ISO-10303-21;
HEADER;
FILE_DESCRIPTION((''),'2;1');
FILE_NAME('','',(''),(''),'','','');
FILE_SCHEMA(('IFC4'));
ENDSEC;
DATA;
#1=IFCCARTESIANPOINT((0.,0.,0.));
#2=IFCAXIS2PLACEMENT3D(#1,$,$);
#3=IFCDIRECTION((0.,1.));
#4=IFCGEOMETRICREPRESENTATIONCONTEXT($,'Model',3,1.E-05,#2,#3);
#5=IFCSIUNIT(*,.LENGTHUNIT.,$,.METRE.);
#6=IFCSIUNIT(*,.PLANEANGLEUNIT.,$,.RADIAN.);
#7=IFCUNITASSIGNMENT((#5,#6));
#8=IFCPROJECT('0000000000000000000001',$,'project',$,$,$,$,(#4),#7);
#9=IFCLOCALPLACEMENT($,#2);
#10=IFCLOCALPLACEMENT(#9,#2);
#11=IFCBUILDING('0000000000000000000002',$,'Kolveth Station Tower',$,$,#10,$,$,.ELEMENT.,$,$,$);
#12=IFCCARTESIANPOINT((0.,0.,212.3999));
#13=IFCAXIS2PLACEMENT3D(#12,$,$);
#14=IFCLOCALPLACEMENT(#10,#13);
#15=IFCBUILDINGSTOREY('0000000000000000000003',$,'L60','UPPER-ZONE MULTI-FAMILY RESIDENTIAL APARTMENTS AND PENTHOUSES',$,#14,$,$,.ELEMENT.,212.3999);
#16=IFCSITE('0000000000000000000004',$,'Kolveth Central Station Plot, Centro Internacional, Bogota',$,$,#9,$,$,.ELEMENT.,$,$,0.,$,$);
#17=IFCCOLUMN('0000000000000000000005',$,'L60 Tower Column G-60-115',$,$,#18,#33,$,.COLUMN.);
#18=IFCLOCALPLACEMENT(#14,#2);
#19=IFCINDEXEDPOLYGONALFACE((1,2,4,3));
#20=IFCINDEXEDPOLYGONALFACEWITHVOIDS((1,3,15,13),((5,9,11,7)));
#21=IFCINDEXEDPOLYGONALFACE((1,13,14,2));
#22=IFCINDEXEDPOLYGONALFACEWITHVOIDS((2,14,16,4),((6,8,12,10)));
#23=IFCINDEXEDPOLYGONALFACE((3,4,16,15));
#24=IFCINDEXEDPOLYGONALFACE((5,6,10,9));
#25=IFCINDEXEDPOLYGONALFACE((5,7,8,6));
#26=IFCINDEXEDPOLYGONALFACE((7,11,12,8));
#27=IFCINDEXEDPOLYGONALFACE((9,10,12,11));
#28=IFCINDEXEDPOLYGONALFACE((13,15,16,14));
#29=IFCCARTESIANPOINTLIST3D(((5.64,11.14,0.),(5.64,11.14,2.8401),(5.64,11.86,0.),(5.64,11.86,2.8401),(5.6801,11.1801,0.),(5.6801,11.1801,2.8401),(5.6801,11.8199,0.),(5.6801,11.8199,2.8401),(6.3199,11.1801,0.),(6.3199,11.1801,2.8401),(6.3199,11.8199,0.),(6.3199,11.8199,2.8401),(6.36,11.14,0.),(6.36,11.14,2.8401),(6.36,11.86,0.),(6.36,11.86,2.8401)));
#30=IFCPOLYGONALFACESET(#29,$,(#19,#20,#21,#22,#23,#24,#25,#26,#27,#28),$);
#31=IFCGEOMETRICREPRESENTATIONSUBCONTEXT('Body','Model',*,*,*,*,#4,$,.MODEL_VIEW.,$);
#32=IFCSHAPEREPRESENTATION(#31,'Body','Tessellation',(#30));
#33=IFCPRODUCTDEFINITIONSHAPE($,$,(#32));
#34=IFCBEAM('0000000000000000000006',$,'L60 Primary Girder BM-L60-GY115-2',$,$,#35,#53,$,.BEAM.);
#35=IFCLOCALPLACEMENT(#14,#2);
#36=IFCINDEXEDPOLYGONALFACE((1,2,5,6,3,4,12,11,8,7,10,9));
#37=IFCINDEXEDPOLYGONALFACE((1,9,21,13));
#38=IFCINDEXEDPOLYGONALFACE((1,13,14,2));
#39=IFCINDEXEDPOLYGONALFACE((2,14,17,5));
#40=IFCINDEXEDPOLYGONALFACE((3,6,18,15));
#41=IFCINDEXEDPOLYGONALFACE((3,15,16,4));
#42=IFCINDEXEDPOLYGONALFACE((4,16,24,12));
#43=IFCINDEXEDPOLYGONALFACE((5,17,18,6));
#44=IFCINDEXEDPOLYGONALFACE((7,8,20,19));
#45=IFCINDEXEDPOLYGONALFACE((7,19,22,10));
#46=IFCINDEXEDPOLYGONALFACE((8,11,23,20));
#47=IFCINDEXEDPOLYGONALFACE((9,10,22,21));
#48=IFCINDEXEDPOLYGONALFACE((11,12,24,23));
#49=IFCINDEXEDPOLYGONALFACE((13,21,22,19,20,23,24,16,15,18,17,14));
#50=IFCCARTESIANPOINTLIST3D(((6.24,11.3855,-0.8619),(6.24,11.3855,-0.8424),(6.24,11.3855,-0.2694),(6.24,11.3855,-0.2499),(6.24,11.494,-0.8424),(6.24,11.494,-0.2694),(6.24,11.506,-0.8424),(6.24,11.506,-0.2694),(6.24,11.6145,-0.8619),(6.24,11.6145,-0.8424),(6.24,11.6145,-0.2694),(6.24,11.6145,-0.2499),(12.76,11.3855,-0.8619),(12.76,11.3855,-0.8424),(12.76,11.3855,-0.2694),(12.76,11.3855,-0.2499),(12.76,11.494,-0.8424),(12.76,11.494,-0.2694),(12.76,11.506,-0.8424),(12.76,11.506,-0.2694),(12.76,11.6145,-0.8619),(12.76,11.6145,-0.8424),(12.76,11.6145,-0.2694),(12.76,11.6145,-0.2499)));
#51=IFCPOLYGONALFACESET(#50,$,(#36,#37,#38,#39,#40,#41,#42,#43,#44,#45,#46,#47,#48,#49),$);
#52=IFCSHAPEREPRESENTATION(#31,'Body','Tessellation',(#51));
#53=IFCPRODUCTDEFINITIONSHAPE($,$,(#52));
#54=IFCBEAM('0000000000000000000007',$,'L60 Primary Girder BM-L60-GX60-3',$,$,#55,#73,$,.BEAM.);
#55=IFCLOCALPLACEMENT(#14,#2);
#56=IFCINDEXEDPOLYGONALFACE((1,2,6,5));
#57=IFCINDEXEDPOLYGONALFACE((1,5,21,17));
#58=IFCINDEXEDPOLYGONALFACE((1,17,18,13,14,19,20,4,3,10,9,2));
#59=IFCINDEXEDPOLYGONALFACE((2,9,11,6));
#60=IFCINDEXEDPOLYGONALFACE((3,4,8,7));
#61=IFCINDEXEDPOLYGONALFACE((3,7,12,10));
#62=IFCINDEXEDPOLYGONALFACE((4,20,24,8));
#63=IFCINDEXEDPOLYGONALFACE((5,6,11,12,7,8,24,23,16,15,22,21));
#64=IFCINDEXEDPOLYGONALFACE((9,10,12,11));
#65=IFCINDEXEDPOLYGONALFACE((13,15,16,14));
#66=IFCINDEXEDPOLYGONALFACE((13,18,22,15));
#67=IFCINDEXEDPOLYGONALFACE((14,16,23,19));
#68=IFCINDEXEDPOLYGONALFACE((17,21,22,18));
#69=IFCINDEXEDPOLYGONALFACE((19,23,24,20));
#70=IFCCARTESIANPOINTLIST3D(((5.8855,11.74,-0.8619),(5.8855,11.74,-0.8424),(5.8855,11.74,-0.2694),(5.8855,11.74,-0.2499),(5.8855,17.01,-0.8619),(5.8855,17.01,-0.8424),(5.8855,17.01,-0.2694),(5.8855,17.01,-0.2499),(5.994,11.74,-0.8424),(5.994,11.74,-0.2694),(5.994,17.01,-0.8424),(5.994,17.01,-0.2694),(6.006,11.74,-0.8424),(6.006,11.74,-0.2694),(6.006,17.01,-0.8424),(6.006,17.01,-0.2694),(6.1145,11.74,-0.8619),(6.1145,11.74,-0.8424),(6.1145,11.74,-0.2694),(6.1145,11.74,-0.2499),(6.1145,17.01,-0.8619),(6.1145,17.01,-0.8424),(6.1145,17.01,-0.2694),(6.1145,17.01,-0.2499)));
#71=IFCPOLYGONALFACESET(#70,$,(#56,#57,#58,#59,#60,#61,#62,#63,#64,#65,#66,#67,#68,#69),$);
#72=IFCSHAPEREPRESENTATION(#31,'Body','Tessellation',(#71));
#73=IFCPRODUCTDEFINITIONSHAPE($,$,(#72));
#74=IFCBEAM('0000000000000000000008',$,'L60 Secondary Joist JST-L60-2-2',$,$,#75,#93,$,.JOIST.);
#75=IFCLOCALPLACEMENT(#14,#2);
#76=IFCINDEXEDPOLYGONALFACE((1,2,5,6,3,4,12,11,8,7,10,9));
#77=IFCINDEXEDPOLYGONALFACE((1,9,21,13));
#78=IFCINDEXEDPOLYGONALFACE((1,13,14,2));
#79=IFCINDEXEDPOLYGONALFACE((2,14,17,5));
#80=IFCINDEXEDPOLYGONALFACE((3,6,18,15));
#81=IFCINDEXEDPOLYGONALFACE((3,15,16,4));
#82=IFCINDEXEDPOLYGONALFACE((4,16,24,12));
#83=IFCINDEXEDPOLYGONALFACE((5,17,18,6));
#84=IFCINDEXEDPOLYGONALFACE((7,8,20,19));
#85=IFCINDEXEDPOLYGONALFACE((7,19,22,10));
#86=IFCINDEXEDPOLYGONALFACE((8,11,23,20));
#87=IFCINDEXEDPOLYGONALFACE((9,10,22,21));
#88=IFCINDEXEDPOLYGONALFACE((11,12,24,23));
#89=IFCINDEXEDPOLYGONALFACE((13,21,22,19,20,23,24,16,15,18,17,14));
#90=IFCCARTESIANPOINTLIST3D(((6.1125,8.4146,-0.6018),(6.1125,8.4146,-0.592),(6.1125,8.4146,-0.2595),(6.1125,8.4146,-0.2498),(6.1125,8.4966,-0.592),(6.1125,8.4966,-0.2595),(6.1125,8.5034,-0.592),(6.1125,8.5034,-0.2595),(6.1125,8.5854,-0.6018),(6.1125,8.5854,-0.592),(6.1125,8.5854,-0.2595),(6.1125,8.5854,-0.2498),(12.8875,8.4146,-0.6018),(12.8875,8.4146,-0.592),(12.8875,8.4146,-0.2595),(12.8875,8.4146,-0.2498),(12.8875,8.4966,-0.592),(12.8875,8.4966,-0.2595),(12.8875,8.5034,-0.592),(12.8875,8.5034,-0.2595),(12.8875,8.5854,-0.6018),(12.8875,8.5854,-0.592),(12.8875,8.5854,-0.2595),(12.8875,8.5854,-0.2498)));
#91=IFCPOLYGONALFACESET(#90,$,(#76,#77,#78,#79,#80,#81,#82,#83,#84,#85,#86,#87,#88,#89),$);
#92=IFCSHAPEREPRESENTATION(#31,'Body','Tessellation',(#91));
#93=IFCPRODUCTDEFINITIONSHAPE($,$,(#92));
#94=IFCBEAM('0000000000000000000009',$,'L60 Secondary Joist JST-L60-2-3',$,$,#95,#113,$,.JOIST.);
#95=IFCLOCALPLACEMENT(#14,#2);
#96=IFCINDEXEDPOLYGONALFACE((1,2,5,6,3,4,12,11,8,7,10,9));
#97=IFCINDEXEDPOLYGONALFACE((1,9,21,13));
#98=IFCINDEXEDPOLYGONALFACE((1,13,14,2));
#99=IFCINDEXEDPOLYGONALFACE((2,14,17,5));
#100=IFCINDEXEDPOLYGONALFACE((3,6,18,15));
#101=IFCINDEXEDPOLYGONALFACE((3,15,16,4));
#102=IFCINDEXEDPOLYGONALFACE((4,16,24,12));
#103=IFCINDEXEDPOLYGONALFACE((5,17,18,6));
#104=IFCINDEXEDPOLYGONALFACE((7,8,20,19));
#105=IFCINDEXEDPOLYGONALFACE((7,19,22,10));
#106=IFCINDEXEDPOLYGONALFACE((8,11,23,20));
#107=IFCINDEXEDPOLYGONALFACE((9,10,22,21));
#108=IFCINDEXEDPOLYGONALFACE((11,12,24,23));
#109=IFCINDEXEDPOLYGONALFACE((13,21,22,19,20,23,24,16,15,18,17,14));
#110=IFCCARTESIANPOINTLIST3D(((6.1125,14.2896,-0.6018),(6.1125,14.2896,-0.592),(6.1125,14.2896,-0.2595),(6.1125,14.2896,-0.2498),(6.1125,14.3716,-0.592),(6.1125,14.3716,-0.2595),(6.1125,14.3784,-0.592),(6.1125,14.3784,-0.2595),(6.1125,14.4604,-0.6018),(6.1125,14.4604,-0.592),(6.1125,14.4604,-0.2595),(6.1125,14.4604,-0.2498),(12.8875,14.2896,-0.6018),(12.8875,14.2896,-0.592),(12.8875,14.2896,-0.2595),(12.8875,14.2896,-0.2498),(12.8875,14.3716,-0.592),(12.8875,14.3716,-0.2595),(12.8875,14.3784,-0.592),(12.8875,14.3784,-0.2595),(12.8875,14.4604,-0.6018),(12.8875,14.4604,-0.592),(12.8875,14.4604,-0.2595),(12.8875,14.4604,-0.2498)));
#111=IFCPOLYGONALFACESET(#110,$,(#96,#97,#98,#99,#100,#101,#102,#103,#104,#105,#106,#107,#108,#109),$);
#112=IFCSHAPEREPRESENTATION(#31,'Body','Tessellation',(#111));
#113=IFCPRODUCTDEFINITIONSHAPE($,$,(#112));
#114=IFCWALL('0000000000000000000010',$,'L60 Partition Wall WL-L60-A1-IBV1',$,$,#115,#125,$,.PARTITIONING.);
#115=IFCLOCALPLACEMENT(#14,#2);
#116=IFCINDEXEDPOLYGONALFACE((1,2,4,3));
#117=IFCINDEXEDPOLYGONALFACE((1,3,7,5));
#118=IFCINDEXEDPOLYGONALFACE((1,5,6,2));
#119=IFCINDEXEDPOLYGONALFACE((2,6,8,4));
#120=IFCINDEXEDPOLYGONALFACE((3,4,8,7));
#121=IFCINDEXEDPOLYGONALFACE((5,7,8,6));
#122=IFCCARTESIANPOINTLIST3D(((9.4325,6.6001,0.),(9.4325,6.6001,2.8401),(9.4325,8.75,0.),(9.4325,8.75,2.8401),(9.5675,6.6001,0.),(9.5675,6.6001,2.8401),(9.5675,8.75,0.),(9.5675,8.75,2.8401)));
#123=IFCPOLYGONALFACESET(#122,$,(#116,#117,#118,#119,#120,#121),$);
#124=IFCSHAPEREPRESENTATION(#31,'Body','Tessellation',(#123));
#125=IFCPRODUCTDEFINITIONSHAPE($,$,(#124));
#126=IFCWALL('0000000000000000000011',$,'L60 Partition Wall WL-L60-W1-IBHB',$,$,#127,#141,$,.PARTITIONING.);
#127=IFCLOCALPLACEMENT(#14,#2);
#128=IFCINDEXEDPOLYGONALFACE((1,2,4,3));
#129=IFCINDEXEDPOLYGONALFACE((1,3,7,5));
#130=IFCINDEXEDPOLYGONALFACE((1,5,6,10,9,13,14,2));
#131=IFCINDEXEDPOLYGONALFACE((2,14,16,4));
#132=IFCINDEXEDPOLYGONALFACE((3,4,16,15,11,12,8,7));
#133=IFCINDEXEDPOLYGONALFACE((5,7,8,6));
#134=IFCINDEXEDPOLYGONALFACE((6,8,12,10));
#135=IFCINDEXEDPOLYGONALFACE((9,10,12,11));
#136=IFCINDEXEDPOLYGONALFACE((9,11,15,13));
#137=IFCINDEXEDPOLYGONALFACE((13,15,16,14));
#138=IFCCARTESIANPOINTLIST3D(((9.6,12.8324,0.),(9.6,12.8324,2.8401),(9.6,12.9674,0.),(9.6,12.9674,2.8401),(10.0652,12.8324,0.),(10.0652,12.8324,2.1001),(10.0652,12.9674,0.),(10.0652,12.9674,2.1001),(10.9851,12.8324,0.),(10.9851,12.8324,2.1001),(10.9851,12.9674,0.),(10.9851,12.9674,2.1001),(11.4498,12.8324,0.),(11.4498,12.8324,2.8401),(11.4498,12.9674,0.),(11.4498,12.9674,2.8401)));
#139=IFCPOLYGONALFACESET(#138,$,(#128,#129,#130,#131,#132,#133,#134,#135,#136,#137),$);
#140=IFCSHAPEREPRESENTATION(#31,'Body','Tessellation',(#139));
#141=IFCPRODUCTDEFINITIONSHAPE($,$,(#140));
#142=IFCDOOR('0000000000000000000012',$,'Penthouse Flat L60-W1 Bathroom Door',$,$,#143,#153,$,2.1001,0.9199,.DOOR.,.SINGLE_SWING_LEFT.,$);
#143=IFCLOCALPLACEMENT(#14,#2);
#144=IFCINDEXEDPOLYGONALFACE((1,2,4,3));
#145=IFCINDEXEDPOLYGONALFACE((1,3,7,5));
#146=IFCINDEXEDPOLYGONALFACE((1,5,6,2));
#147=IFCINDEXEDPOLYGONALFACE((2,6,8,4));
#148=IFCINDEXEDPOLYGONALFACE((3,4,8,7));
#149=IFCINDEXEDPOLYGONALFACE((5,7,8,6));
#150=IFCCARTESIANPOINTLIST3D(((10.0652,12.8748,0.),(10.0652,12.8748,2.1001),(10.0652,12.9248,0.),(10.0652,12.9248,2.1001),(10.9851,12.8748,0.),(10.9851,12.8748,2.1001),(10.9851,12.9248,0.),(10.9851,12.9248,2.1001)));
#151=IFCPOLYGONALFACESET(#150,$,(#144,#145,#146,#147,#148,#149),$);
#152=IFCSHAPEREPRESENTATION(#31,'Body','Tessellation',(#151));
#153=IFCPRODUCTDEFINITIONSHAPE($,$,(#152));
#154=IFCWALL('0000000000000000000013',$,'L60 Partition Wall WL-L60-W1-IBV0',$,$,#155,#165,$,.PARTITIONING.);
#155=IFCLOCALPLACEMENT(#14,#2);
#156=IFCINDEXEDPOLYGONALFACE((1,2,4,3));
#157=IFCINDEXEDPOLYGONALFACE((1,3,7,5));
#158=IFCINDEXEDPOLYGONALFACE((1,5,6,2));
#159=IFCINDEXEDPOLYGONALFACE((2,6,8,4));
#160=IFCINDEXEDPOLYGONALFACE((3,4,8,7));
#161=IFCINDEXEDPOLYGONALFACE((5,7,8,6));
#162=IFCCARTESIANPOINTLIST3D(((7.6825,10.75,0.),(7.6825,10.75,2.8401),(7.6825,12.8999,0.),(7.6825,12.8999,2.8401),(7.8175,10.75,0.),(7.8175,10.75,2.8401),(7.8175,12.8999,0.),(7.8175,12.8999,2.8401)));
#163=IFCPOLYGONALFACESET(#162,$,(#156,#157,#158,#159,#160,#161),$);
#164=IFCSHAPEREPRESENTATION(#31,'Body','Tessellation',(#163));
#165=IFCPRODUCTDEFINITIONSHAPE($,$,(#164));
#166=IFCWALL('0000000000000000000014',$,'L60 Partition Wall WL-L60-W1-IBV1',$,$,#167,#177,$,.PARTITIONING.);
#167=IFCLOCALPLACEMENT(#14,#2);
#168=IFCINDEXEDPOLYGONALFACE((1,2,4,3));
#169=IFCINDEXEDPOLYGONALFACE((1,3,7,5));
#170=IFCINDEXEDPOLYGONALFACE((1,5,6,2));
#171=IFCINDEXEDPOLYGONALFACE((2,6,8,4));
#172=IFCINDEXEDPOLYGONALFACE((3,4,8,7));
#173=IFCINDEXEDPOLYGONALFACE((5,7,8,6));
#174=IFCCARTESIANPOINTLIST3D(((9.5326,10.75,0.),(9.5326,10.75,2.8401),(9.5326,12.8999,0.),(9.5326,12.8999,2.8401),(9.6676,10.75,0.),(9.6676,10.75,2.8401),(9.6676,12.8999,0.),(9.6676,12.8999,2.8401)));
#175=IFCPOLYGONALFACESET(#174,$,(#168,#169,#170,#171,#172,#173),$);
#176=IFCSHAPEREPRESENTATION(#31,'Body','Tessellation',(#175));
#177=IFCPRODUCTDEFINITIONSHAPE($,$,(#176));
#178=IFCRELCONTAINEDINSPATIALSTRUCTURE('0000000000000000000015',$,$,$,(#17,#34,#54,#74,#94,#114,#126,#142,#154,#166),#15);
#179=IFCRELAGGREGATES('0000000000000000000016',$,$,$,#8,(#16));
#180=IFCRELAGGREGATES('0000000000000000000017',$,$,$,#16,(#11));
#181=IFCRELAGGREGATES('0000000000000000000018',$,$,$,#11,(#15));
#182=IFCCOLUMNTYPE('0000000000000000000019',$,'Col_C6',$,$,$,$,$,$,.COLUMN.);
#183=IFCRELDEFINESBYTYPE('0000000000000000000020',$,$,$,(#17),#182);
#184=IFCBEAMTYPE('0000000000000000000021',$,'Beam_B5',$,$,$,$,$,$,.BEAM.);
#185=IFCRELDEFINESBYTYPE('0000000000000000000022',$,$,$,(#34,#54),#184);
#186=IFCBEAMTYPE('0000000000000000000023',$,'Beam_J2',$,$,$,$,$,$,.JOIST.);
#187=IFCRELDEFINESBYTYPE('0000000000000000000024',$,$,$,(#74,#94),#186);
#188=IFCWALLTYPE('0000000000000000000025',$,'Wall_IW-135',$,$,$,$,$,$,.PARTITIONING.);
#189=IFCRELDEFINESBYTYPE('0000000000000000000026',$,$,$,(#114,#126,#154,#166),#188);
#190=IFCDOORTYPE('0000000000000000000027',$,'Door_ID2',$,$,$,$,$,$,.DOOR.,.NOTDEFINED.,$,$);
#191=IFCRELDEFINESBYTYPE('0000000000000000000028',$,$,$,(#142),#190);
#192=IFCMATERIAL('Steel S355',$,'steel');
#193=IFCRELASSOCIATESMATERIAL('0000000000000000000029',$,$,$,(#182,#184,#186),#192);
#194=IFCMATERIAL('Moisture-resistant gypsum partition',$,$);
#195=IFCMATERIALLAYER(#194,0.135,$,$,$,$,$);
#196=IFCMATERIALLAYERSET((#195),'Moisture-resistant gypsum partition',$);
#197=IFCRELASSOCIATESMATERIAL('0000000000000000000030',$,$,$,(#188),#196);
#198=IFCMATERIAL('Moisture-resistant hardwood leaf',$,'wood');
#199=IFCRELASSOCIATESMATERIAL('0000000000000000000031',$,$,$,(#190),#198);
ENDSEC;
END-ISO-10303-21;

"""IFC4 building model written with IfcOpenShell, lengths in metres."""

from ifc_helpers import new_model, si_unit, direction, frame, frame_2d, origin, origin_2d, place, context, subcontext, project, spatial, rectangle, hollow_rectangle, i_section, extrude, source, transform, mapped, material, layer, layer_set, material_profile, profile_set, type_object, element, fill, save


model = new_model("IFC4")

# Units and contexts
model_context = context("Model", 3, precision=1e-05, world=origin(), true_north=direction((0.0, 1.0)))
body_context = subcontext(model_context, "Body", "Model", "MODEL_VIEW")
ifc_project = project(units=[si_unit("LENGTHUNIT", "METRE"), si_unit("PLANEANGLEUNIT", "RADIAN")], contexts=[model_context])

# Site, building, storey
site_placement = place(None, origin())
site = spatial("IfcSite", under=ifc_project, at=site_placement, Name="Kolveth Central Station Plot, Centro Internacional, Bogota", CompositionType="ELEMENT", RefElevation=0.0)
building_placement = place(site_placement, origin())
building = spatial("IfcBuilding", under=site, at=building_placement, Name="Kolveth Station Tower", CompositionType="ELEMENT")
storey_placement = place(building_placement, frame((0.0, 0.0, 212.3999)))
storey = spatial("IfcBuildingStorey", under=building, at=storey_placement, Name="L60", Description="UPPER-ZONE MULTI-FAMILY RESIDENTIAL APARTMENTS AND PENTHOUSES", CompositionType="ELEMENT", Elevation=212.3999)

# Column
ifc_material_1 = material(Name="Steel S355", Category="steel")
ifc_material_profile_1 = material_profile(ifc_material_1, hollow_rectangle(XDim=0.72, YDim=0.72, WallThickness=0.04, at=origin_2d()), Name="BOX720x720x40")
ifc_profile_set_1 = profile_set([ifc_material_profile_1], Name="Steel S355")
column_type = type_object("IfcColumnType", Name="Col_C6", PredefinedType="COLUMN", material=ifc_profile_set_1)
shared_shape_1 = source(origin(), body_context, "Body", "SweptSolid", [
    extrude(hollow_rectangle(XDim=0.72, YDim=0.72, WallThickness=0.04, at=origin_2d()), origin(), (0.0, 0.0, 1.0), 2.8401),
])
column_placement = place(storey_placement, frame((6.0, 11.5, 0.0), z_axis=(0.0, 0.0, 1.0), x_axis=(1.0, 0.0, 0.0)))
element("IfcColumn", 1, at=column_placement, inside=storey, type_object=column_type, Name="L60 Tower Column G-60-115", PredefinedType="COLUMN", context=body_context, shape_type="MappedRepresentation", body=[
    mapped(shared_shape_1, transform((0.0, 0.0, 0.0), x_axis=(1.0, 0.0, 0.0), y_axis=(0.0, 1.0, 0.0), z_axis=(0.0, 0.0, 1.0), scale=1.0)),
])

# Beams
ifc_material_profile_2 = material_profile(ifc_material_1, i_section(OverallWidth=0.229, OverallDepth=0.6121, WebThickness=0.012, FlangeThickness=0.0195, at=origin_2d()), Name="W610x125")
ifc_profile_set_2 = profile_set([ifc_material_profile_2], Name="Steel S355")
beam_type_1 = type_object("IfcBeamType", Name="Beam_B5", PredefinedType="BEAM", material=ifc_profile_set_2)
shared_shape_2 = source(origin(), body_context, "Body", "SweptSolid", [
    extrude(i_section(OverallWidth=0.229, OverallDepth=0.6121, WebThickness=0.012, FlangeThickness=0.0195, at=origin_2d()), origin(), (0.0, 0.0, 1.0), 6.52),
])
beam_1_placement = place(storey_placement, frame((6.24, 11.5, -0.5559), z_axis=(1.0, 0.0, 0.0), x_axis=(0.0, 1.0, 0.0)))
element("IfcBeam", 2, at=beam_1_placement, inside=storey, type_object=beam_type_1, Name="L60 Primary Girder BM-L60-GY115-2", PredefinedType="BEAM", context=body_context, shape_type="MappedRepresentation", body=[
    mapped(shared_shape_2, transform((0.0, 0.0, 0.0), x_axis=(1.0, 0.0, 0.0), y_axis=(0.0, 1.0, 0.0), z_axis=(0.0, 0.0, 1.0), scale=1.0)),
])
shared_shape_3 = source(origin(), body_context, "Body", "SweptSolid", [
    extrude(i_section(OverallWidth=0.229, OverallDepth=0.6121, WebThickness=0.012, FlangeThickness=0.0195, at=origin_2d()), origin(), (0.0, 0.0, 1.0), 5.27),
])
beam_2_placement = place(storey_placement, frame((6.0, 11.74, -0.5559), z_axis=(0.0, 1.0, 0.0), x_axis=(-1.0, 0.0, 0.0)))
element("IfcBeam", 3, at=beam_2_placement, inside=storey, type_object=beam_type_1, Name="L60 Primary Girder BM-L60-GX60-3", PredefinedType="BEAM", context=body_context, shape_type="MappedRepresentation", body=[
    mapped(shared_shape_3, transform((0.0, 0.0, 0.0), x_axis=(1.0, 0.0, 0.0), y_axis=(0.0, 1.0, 0.0), z_axis=(0.0, 0.0, 1.0), scale=1.0)),
])
ifc_material_profile_3 = material_profile(ifc_material_1, i_section(OverallWidth=0.1709, OverallDepth=0.3521, WebThickness=0.0068, FlangeThickness=0.0098, at=origin_2d()), Name="W360x44")
ifc_profile_set_3 = profile_set([ifc_material_profile_3], Name="Steel S355")
beam_type_2 = type_object("IfcBeamType", Name="Beam_J2", PredefinedType="JOIST", material=ifc_profile_set_3)
shared_shape_4 = source(origin(), body_context, "Body", "SweptSolid", [
    extrude(i_section(OverallWidth=0.1709, OverallDepth=0.3521, WebThickness=0.0068, FlangeThickness=0.0098, at=origin_2d()), origin(), (0.0, 0.0, 1.0), 6.7749),
])
for number, where, z_axis, x_axis, name in (
    (4, (6.1125, 8.5, -0.4258), (1.0, 0.0, 0.0), (0.0, 1.0, 0.0), "L60 Secondary Joist JST-L60-2-2"),
    (5, (6.1125, 14.375, -0.4258), (1.0, 0.0, 0.0), (0.0, 1.0, 0.0), "L60 Secondary Joist JST-L60-2-3"),
):
    element("IfcBeam", number, at=place(storey_placement, frame(where, z_axis=z_axis, x_axis=x_axis)), inside=storey, type_object=beam_type_2, Name=name, PredefinedType="JOIST", context=body_context, shape_type="MappedRepresentation", body=[
        mapped(shared_shape_4, transform((0.0, 0.0, 0.0), x_axis=(1.0, 0.0, 0.0), y_axis=(0.0, 1.0, 0.0), z_axis=(0.0, 0.0, 1.0), scale=1.0)),
    ])

# Wall
ifc_material_2 = material(Name="Moisture-resistant gypsum partition")
ifc_layer_1 = layer(ifc_material_2, 0.135)
ifc_layer_set_1 = layer_set([ifc_layer_1], Name="Moisture-resistant gypsum partition")
wall_type_1 = type_object("IfcWallType", Name="Wall_IW-135", PredefinedType="PARTITIONING", material=ifc_layer_set_1)
wall_1_placement = place(storey_placement, frame((9.5, 6.6001, 0.0), z_axis=(0.0, 0.0, 1.0), x_axis=(0.0, 1.0, 0.0)))
element("IfcWall", 6, at=wall_1_placement, inside=storey, type_object=wall_type_1, Name="L60 Partition Wall WL-L60-A1-IBV1", PredefinedType="PARTITIONING", context=body_context, shape_type="SweptSolid", body=[
    extrude(rectangle(XDim=2.1499, YDim=0.135, at=frame_2d((1.075, 0.0))), origin(), (0.0, 0.0, 1.0), 2.8401),
])

# Wall, opening, door
wall_2_placement = place(storey_placement, frame((9.6001, 12.8999, 0.0), z_axis=(0.0, 0.0, 1.0), x_axis=(1.0, 0.0, 0.0)))
wall_2 = element("IfcWall", 7, at=wall_2_placement, inside=storey, type_object=wall_type_1, Name="L60 Partition Wall WL-L60-W1-IBHB", PredefinedType="PARTITIONING", context=body_context, shape_type="SweptSolid", body=[
    extrude(rectangle(XDim=1.8499, YDim=0.135, at=frame_2d((0.9248, 0.0))), origin(), (0.0, 0.0, 1.0), 2.8401),
])
opening_1_placement = place(wall_2_placement, frame((0.4651, 0.0, 0.0)))
opening_1 = element("IfcOpeningElement", 8, at=opening_1_placement, cuts=wall_2, PredefinedType="OPENING", context=body_context, shape_type="SweptSolid", body=[
    extrude(rectangle(XDim=0.9199, YDim=2.1001, at=frame_2d((0.46, 1.05))), frame((0.0, 0.0774, 0.0), z_axis=(0.0, -1.0, 0.0), x_axis=(1.0, 0.0, 0.0)), (0.0, 0.0, 1.0), 0.155),
])
ifc_material_3 = material(Name="Moisture-resistant hardwood leaf", Category="wood")
door_type_1 = type_object("IfcDoorType", Name="Door_ID2", OperationType="NOTDEFINED", PredefinedType="DOOR", material=ifc_material_3)
door_1_placement = place(opening_1_placement, origin())
door_1 = element("IfcDoor", 9, at=door_1_placement, inside=storey, type_object=door_type_1, Name="Penthouse Flat L60-W1 Bathroom Door", OperationType="SINGLE_SWING_LEFT", OverallHeight=2.1001, OverallWidth=0.9199, PredefinedType="DOOR", context=body_context, shape_type="SweptSolid", body=[
    extrude(rectangle(XDim=0.9199, YDim=2.1001, at=frame_2d((0.46, 1.05))), frame((0.0, 0.0249, 0.0), z_axis=(0.0, -1.0, 0.0), x_axis=(1.0, 0.0, 0.0)), (0.0, 0.0, 1.0), 0.05),
])
fill(opening_1, door_1)

# Walls
for number, where, z_axis, x_axis, name in (
    (10, (7.75, 10.75, 0.0), (0.0, 0.0, 1.0), (0.0, 1.0, 0.0), "L60 Partition Wall WL-L60-W1-IBV0"),
    (11, (9.6001, 10.75, 0.0), (0.0, 0.0, 1.0), (0.0, 1.0, 0.0), "L60 Partition Wall WL-L60-W1-IBV1"),
):
    element("IfcWall", number, at=place(storey_placement, frame(where, z_axis=z_axis, x_axis=x_axis)), inside=storey, type_object=wall_type_1, Name=name, PredefinedType="PARTITIONING", context=body_context, shape_type="SweptSolid", body=[
        extrude(rectangle(XDim=2.1499, YDim=0.135, at=frame_2d((1.075, 0.0))), origin(), (0.0, 0.0, 1.0), 2.8401),
    ])

save(model, "model.ifc")
